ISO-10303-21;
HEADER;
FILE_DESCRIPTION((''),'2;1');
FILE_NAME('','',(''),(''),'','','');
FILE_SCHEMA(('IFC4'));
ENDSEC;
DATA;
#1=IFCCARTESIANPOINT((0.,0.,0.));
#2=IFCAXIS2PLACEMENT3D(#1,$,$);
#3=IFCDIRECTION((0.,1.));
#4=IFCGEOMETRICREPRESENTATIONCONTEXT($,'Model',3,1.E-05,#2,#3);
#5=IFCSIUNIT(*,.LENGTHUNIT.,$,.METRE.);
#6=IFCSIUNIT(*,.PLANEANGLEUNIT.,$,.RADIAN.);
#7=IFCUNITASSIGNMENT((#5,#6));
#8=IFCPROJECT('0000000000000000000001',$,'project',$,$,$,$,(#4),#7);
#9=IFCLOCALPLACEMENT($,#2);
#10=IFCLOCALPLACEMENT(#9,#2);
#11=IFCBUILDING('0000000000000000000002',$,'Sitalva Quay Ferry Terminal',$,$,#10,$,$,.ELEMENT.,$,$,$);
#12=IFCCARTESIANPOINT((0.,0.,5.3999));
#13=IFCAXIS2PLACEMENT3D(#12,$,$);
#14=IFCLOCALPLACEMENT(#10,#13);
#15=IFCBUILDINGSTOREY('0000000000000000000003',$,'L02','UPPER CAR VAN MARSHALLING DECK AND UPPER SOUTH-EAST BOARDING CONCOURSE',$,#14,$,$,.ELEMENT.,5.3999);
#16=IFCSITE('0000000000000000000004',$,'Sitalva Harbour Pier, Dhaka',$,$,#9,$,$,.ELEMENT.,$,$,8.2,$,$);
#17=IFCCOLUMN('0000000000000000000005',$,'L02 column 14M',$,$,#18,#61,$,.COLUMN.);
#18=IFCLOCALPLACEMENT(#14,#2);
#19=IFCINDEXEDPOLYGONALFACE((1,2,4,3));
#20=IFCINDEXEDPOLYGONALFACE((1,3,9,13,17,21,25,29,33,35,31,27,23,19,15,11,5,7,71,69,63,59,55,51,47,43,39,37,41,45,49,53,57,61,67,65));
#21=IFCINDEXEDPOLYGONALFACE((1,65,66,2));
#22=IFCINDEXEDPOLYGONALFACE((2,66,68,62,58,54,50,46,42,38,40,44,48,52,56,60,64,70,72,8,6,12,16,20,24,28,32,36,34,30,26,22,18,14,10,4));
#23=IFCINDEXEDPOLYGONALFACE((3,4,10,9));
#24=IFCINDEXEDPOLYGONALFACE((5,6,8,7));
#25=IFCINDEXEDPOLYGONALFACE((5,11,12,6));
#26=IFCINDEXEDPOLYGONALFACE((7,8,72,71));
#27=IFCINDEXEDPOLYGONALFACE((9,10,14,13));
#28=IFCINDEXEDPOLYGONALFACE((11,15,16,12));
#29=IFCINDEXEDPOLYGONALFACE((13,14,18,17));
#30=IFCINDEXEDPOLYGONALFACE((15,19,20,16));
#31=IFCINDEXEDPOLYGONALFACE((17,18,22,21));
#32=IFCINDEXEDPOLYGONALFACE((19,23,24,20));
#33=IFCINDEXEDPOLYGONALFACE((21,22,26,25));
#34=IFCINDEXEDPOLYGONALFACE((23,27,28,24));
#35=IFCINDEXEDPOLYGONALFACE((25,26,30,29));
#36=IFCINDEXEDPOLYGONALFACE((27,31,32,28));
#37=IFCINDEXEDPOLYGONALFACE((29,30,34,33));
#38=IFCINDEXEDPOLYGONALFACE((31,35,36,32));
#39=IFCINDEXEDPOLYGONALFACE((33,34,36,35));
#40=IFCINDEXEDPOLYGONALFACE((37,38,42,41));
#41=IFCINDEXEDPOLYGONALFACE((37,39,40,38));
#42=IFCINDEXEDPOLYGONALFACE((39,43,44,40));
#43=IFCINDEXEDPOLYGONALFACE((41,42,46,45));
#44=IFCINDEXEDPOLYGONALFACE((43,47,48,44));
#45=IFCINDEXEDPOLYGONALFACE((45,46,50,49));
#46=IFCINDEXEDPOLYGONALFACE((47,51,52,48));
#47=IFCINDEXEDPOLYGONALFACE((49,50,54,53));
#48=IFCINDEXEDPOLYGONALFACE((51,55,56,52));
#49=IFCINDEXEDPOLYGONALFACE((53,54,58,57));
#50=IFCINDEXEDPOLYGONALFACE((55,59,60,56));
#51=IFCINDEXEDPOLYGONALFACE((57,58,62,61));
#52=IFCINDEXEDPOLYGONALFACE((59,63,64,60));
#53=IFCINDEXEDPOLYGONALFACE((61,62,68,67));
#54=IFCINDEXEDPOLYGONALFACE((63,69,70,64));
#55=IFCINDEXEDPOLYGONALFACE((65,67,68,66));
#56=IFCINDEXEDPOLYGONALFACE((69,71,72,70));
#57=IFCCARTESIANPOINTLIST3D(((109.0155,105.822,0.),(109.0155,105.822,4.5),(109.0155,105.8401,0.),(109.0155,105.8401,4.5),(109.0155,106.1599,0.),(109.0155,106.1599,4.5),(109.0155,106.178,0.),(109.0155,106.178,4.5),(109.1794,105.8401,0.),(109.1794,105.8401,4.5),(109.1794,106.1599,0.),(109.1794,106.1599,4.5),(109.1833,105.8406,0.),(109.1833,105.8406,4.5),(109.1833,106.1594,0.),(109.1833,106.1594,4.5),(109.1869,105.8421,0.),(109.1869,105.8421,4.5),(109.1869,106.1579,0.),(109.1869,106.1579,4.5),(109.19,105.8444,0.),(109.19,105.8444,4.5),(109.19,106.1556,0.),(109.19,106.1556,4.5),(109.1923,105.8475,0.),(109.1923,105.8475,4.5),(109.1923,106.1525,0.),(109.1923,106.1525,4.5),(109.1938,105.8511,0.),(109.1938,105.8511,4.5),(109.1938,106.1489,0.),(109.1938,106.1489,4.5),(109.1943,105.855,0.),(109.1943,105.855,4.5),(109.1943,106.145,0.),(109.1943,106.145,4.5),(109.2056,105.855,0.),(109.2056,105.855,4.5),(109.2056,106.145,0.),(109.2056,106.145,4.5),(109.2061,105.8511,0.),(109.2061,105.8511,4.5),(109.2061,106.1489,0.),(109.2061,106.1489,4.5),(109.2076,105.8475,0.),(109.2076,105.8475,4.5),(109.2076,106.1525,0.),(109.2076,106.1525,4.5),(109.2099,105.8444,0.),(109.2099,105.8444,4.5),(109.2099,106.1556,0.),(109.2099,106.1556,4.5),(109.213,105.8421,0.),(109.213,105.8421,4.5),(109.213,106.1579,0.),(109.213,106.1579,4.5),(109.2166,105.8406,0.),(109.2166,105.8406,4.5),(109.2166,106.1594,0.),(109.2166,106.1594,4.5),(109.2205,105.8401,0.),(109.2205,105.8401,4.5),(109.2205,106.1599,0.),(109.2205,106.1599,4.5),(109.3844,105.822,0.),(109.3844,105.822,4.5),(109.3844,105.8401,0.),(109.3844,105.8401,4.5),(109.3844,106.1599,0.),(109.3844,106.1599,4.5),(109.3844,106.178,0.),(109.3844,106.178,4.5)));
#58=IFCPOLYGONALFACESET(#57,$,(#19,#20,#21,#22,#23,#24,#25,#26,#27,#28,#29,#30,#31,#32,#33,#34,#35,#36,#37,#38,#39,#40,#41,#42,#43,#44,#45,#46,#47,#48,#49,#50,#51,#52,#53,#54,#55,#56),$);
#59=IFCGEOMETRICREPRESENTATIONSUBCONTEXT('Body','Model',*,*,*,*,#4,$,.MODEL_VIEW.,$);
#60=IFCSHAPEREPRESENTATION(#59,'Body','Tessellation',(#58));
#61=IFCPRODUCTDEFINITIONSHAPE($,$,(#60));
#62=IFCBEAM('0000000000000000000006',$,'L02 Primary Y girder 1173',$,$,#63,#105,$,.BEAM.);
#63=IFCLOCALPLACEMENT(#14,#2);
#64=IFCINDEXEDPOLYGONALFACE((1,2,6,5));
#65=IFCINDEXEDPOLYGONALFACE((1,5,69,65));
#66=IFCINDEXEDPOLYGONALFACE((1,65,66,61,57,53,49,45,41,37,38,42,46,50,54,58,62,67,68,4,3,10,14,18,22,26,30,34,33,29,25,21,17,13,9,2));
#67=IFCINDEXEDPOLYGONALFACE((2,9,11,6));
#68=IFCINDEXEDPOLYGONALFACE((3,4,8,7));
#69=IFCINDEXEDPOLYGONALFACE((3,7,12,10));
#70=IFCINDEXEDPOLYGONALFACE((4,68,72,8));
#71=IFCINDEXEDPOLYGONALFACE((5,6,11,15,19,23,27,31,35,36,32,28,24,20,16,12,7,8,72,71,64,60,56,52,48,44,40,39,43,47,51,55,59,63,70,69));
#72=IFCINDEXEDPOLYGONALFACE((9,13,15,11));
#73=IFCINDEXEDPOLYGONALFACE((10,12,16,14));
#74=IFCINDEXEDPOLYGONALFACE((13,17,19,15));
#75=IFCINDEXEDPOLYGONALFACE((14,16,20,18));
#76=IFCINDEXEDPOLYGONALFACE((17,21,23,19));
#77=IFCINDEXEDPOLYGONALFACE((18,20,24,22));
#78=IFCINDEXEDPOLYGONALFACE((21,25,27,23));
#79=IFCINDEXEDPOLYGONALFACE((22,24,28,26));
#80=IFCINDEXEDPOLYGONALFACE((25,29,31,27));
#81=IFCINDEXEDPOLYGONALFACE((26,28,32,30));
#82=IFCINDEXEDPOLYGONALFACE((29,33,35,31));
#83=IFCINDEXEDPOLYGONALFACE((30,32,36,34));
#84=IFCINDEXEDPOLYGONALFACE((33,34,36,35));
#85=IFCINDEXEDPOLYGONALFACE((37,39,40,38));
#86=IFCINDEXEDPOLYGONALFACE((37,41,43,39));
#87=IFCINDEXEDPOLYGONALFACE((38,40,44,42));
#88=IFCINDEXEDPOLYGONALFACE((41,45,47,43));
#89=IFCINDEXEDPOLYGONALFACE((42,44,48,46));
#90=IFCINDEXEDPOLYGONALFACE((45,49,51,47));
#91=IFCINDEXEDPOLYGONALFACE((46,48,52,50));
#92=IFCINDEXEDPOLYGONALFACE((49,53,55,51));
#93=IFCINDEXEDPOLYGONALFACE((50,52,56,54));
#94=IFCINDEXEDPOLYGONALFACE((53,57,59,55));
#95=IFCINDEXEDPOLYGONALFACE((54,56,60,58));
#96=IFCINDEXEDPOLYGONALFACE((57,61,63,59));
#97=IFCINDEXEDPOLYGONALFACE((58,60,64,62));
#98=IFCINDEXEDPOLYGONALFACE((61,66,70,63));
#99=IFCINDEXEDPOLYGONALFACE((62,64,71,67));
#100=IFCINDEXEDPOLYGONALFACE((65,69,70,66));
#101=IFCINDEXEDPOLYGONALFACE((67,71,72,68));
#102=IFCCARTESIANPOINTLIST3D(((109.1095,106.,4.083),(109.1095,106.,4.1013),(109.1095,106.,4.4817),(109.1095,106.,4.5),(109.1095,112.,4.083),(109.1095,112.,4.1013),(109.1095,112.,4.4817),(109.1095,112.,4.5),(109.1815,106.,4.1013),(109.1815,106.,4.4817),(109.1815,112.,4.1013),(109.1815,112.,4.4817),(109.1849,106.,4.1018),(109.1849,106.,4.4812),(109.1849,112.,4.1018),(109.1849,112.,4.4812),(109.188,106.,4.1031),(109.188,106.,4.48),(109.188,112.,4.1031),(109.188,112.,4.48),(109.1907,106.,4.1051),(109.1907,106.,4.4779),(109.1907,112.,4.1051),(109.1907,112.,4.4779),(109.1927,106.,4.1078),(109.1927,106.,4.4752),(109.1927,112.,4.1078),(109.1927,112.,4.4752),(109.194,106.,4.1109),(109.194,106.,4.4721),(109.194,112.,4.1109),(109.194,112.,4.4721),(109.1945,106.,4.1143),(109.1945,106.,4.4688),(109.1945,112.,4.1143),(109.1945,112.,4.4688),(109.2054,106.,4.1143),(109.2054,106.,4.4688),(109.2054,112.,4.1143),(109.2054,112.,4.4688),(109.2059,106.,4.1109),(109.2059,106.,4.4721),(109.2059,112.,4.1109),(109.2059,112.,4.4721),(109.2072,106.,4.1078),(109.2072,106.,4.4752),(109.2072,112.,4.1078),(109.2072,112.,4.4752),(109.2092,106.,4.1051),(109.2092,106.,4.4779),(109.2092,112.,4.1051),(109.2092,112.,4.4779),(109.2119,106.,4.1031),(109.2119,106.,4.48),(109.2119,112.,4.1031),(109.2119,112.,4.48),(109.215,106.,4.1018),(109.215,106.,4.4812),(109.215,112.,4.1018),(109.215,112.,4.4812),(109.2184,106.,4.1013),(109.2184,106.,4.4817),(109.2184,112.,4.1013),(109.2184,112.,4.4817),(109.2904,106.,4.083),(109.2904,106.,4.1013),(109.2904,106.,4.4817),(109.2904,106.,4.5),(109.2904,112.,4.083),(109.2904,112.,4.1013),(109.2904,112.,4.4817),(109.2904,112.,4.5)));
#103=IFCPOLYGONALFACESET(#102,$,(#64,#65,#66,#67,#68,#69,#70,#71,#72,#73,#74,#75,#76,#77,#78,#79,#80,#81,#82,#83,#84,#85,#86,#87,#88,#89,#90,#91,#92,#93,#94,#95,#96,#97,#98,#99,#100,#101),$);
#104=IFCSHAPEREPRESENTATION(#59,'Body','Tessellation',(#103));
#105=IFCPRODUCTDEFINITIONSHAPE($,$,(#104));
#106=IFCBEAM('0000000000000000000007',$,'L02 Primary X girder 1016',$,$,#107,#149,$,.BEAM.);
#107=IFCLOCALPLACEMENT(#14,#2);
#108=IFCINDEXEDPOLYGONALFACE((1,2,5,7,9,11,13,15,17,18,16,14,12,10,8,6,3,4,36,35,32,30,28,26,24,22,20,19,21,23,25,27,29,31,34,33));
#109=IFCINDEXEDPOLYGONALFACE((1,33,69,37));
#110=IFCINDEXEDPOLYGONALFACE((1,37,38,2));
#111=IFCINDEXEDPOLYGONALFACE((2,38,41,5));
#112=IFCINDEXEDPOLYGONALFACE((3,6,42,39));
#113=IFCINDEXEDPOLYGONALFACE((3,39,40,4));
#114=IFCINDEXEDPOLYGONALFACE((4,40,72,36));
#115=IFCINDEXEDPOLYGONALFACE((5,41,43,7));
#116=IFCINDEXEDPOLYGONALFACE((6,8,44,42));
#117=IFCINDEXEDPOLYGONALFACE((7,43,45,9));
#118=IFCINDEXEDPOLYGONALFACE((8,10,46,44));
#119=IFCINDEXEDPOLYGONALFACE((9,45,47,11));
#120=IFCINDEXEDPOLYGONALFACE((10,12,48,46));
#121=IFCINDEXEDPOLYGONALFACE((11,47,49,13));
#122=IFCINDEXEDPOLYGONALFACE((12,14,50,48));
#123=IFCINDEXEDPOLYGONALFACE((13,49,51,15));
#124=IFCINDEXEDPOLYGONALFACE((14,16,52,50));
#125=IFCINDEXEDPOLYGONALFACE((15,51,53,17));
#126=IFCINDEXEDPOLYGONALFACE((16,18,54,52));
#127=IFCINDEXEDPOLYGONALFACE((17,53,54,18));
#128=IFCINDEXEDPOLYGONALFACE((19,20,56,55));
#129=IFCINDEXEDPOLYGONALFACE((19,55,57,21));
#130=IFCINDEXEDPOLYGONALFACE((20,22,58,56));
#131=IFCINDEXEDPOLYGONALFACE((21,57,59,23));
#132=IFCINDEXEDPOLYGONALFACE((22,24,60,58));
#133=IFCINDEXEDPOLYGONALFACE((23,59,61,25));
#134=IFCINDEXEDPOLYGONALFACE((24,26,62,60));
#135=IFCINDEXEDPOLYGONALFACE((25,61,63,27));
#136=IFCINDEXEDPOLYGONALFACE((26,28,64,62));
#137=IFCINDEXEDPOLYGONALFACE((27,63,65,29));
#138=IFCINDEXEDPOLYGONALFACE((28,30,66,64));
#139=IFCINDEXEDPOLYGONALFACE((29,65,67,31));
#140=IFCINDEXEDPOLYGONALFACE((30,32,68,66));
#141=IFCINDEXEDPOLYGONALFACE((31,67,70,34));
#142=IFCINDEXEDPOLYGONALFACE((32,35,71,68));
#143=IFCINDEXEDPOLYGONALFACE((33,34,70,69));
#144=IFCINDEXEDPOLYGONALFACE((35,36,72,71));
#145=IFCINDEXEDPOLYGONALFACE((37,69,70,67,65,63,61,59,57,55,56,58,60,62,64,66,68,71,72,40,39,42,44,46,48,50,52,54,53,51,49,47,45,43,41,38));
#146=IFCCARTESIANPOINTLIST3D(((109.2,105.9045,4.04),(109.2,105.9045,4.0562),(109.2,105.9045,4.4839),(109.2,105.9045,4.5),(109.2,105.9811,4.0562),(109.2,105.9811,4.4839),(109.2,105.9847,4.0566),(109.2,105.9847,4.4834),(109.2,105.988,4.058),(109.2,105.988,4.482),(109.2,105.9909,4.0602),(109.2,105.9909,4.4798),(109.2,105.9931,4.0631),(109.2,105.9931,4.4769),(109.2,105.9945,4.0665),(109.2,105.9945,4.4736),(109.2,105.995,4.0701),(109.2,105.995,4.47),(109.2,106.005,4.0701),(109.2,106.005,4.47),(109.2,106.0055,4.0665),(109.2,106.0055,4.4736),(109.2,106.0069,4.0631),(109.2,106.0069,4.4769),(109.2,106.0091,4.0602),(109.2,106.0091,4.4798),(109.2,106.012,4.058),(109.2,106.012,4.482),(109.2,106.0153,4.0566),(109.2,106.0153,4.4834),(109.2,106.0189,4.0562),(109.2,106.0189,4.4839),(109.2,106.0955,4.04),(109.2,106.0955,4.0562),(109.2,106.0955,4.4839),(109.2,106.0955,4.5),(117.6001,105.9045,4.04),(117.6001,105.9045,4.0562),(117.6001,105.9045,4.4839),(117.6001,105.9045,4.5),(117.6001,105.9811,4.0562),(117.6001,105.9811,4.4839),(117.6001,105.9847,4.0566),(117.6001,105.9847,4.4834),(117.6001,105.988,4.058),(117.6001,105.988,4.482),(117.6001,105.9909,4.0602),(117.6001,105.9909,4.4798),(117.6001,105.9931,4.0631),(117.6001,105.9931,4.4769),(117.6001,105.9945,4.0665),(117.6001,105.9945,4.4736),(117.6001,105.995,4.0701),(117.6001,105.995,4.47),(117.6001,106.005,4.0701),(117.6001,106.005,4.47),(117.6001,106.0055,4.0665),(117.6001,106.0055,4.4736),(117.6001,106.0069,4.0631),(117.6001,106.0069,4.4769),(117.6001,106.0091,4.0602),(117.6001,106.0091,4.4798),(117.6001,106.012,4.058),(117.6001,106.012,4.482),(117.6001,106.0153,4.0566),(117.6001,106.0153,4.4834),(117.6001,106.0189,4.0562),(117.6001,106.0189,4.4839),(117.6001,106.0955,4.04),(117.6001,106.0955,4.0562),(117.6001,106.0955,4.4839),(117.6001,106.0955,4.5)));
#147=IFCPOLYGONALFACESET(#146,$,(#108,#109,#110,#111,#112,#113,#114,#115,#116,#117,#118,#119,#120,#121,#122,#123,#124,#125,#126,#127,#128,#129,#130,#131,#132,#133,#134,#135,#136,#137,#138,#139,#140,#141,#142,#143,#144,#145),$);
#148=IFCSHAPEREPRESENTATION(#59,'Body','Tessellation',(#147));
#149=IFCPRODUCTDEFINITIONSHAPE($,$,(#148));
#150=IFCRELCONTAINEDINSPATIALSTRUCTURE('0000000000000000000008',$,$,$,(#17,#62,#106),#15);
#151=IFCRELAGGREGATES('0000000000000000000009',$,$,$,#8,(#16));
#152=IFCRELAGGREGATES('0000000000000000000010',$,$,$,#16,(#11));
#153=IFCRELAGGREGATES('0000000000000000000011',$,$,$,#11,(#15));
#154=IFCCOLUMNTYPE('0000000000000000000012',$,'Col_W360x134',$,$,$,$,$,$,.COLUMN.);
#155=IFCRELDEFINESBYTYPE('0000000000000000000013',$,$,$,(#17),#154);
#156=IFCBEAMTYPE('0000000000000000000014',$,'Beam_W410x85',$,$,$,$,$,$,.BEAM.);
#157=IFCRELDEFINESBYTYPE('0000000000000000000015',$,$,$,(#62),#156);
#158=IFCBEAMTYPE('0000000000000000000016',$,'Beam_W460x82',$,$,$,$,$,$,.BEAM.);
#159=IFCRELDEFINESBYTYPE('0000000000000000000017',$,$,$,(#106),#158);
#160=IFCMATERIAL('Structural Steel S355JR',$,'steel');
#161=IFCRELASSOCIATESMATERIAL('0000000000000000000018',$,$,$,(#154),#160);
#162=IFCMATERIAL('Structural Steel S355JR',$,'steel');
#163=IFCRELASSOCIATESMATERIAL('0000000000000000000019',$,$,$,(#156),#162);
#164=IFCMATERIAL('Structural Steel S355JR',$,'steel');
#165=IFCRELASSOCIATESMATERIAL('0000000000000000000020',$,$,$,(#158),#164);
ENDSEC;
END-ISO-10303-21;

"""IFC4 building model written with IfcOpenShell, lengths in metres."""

from ifc_helpers import new_model, si_unit, direction, frame, origin, origin_2d, place, context, subcontext, project, spatial, i_section, extrude, material, material_profile, profile_set, type_object, element, save


model = new_model("IFC4")

# Units and contexts
model_context = context("Model", 3, precision=1e-05, world=origin(), true_north=direction((0.0, 1.0)))
body_context = subcontext(model_context, "Body", "Model", "MODEL_VIEW")
ifc_project = project(units=[si_unit("LENGTHUNIT", "METRE"), si_unit("PLANEANGLEUNIT", "RADIAN")], contexts=[model_context])

# Site, building, storey
site_placement = place(None, origin())
site = spatial("IfcSite", under=ifc_project, at=site_placement, Name="Sitalva Harbour Pier, Dhaka", CompositionType="ELEMENT", RefElevation=8.2)
building_placement = place(site_placement, origin())
building = spatial("IfcBuilding", under=site, at=building_placement, Name="Sitalva Quay Ferry Terminal", CompositionType="ELEMENT")
storey_placement = place(building_placement, frame((0.0, 0.0, 5.3999)))
storey = spatial("IfcBuildingStorey", under=building, at=storey_placement, Name="L02", Description="UPPER CAR VAN MARSHALLING DECK AND UPPER SOUTH-EAST BOARDING CONCOURSE", CompositionType="ELEMENT", Elevation=5.3999)

# Column
ifc_material_1 = material(Name="Structural Steel S355JR", Category="steel")
ifc_material_profile_1 = material_profile(ifc_material_1, i_section(OverallWidth=0.3689, OverallDepth=0.356, WebThickness=0.0112, FlangeThickness=0.0181, FilletRadius=0.0149, at=origin_2d()), Name="W360x134")
ifc_profile_set_1 = profile_set([ifc_material_profile_1], Name="Structural Steel S355JR")
column_type = type_object("IfcColumnType", Name="Col_W360x134", PredefinedType="COLUMN", material=ifc_profile_set_1)
column_placement = place(storey_placement, frame((109.2, 106.0, 0.0), z_axis=(0.0, 0.0, 1.0), x_axis=(1.0, 0.0, 0.0)))
element("IfcColumn", 1, at=column_placement, inside=storey, type_object=column_type, Name="L02 column 14M", PredefinedType="COLUMN", context=body_context, shape_type="SweptSolid", body=[
    extrude(i_section(OverallWidth=0.3689, OverallDepth=0.356, WebThickness=0.0112, FlangeThickness=0.0181, FilletRadius=0.0149, at=origin_2d()), origin(), (0.0, 0.0, 1.0), 4.5),
])

# Beams
ifc_material_2 = material(Name="Structural Steel S355JR", Category="steel")
ifc_material_profile_2 = material_profile(ifc_material_2, i_section(OverallWidth=0.1809, OverallDepth=0.417, WebThickness=0.011, FlangeThickness=0.0183, FilletRadius=0.0129, at=origin_2d()), Name="W410x85")
ifc_profile_set_2 = profile_set([ifc_material_profile_2], Name="Structural Steel S355JR")
beam_type_1 = type_object("IfcBeamType", Name="Beam_W410x85", PredefinedType="BEAM", material=ifc_profile_set_2)
beam_1_placement = place(storey_placement, frame((109.2, 106.0, 4.2915), z_axis=(0.0, 1.0, 0.0), x_axis=(-1.0, 0.0, 0.0)))
element("IfcBeam", 2, at=beam_1_placement, inside=storey, type_object=beam_type_1, Name="L02 Primary Y girder 1173", PredefinedType="BEAM", context=body_context, shape_type="SweptSolid", body=[
    extrude(i_section(OverallWidth=0.1809, OverallDepth=0.417, WebThickness=0.011, FlangeThickness=0.0183, FilletRadius=0.0129, at=origin_2d()), origin(), (0.0, 0.0, 1.0), 6.0),
])
ifc_material_3 = material(Name="Structural Steel S355JR", Category="steel")
ifc_material_profile_3 = material_profile(ifc_material_3, i_section(OverallWidth=0.1909, OverallDepth=0.46, WebThickness=0.01, FlangeThickness=0.0161, FilletRadius=0.0139, at=origin_2d()), Name="W460x82")
ifc_profile_set_3 = profile_set([ifc_material_profile_3], Name="Structural Steel S355JR")
beam_type_2 = type_object("IfcBeamType", Name="Beam_W460x82", PredefinedType="BEAM", material=ifc_profile_set_3)
beam_2_placement = place(storey_placement, frame((109.2, 106.0, 4.27), z_axis=(1.0, 0.0, 0.0), x_axis=(0.0, 1.0, 0.0)))
element("IfcBeam", 3, at=beam_2_placement, inside=storey, type_object=beam_type_2, Name="L02 Primary X girder 1016", PredefinedType="BEAM", context=body_context, shape_type="SweptSolid", body=[
    extrude(i_section(OverallWidth=0.1909, OverallDepth=0.46, WebThickness=0.01, FlangeThickness=0.0161, FilletRadius=0.0139, at=origin_2d()), origin(), (0.0, 0.0, 1.0), 8.4001),
])

save(model, "model.ifc")
